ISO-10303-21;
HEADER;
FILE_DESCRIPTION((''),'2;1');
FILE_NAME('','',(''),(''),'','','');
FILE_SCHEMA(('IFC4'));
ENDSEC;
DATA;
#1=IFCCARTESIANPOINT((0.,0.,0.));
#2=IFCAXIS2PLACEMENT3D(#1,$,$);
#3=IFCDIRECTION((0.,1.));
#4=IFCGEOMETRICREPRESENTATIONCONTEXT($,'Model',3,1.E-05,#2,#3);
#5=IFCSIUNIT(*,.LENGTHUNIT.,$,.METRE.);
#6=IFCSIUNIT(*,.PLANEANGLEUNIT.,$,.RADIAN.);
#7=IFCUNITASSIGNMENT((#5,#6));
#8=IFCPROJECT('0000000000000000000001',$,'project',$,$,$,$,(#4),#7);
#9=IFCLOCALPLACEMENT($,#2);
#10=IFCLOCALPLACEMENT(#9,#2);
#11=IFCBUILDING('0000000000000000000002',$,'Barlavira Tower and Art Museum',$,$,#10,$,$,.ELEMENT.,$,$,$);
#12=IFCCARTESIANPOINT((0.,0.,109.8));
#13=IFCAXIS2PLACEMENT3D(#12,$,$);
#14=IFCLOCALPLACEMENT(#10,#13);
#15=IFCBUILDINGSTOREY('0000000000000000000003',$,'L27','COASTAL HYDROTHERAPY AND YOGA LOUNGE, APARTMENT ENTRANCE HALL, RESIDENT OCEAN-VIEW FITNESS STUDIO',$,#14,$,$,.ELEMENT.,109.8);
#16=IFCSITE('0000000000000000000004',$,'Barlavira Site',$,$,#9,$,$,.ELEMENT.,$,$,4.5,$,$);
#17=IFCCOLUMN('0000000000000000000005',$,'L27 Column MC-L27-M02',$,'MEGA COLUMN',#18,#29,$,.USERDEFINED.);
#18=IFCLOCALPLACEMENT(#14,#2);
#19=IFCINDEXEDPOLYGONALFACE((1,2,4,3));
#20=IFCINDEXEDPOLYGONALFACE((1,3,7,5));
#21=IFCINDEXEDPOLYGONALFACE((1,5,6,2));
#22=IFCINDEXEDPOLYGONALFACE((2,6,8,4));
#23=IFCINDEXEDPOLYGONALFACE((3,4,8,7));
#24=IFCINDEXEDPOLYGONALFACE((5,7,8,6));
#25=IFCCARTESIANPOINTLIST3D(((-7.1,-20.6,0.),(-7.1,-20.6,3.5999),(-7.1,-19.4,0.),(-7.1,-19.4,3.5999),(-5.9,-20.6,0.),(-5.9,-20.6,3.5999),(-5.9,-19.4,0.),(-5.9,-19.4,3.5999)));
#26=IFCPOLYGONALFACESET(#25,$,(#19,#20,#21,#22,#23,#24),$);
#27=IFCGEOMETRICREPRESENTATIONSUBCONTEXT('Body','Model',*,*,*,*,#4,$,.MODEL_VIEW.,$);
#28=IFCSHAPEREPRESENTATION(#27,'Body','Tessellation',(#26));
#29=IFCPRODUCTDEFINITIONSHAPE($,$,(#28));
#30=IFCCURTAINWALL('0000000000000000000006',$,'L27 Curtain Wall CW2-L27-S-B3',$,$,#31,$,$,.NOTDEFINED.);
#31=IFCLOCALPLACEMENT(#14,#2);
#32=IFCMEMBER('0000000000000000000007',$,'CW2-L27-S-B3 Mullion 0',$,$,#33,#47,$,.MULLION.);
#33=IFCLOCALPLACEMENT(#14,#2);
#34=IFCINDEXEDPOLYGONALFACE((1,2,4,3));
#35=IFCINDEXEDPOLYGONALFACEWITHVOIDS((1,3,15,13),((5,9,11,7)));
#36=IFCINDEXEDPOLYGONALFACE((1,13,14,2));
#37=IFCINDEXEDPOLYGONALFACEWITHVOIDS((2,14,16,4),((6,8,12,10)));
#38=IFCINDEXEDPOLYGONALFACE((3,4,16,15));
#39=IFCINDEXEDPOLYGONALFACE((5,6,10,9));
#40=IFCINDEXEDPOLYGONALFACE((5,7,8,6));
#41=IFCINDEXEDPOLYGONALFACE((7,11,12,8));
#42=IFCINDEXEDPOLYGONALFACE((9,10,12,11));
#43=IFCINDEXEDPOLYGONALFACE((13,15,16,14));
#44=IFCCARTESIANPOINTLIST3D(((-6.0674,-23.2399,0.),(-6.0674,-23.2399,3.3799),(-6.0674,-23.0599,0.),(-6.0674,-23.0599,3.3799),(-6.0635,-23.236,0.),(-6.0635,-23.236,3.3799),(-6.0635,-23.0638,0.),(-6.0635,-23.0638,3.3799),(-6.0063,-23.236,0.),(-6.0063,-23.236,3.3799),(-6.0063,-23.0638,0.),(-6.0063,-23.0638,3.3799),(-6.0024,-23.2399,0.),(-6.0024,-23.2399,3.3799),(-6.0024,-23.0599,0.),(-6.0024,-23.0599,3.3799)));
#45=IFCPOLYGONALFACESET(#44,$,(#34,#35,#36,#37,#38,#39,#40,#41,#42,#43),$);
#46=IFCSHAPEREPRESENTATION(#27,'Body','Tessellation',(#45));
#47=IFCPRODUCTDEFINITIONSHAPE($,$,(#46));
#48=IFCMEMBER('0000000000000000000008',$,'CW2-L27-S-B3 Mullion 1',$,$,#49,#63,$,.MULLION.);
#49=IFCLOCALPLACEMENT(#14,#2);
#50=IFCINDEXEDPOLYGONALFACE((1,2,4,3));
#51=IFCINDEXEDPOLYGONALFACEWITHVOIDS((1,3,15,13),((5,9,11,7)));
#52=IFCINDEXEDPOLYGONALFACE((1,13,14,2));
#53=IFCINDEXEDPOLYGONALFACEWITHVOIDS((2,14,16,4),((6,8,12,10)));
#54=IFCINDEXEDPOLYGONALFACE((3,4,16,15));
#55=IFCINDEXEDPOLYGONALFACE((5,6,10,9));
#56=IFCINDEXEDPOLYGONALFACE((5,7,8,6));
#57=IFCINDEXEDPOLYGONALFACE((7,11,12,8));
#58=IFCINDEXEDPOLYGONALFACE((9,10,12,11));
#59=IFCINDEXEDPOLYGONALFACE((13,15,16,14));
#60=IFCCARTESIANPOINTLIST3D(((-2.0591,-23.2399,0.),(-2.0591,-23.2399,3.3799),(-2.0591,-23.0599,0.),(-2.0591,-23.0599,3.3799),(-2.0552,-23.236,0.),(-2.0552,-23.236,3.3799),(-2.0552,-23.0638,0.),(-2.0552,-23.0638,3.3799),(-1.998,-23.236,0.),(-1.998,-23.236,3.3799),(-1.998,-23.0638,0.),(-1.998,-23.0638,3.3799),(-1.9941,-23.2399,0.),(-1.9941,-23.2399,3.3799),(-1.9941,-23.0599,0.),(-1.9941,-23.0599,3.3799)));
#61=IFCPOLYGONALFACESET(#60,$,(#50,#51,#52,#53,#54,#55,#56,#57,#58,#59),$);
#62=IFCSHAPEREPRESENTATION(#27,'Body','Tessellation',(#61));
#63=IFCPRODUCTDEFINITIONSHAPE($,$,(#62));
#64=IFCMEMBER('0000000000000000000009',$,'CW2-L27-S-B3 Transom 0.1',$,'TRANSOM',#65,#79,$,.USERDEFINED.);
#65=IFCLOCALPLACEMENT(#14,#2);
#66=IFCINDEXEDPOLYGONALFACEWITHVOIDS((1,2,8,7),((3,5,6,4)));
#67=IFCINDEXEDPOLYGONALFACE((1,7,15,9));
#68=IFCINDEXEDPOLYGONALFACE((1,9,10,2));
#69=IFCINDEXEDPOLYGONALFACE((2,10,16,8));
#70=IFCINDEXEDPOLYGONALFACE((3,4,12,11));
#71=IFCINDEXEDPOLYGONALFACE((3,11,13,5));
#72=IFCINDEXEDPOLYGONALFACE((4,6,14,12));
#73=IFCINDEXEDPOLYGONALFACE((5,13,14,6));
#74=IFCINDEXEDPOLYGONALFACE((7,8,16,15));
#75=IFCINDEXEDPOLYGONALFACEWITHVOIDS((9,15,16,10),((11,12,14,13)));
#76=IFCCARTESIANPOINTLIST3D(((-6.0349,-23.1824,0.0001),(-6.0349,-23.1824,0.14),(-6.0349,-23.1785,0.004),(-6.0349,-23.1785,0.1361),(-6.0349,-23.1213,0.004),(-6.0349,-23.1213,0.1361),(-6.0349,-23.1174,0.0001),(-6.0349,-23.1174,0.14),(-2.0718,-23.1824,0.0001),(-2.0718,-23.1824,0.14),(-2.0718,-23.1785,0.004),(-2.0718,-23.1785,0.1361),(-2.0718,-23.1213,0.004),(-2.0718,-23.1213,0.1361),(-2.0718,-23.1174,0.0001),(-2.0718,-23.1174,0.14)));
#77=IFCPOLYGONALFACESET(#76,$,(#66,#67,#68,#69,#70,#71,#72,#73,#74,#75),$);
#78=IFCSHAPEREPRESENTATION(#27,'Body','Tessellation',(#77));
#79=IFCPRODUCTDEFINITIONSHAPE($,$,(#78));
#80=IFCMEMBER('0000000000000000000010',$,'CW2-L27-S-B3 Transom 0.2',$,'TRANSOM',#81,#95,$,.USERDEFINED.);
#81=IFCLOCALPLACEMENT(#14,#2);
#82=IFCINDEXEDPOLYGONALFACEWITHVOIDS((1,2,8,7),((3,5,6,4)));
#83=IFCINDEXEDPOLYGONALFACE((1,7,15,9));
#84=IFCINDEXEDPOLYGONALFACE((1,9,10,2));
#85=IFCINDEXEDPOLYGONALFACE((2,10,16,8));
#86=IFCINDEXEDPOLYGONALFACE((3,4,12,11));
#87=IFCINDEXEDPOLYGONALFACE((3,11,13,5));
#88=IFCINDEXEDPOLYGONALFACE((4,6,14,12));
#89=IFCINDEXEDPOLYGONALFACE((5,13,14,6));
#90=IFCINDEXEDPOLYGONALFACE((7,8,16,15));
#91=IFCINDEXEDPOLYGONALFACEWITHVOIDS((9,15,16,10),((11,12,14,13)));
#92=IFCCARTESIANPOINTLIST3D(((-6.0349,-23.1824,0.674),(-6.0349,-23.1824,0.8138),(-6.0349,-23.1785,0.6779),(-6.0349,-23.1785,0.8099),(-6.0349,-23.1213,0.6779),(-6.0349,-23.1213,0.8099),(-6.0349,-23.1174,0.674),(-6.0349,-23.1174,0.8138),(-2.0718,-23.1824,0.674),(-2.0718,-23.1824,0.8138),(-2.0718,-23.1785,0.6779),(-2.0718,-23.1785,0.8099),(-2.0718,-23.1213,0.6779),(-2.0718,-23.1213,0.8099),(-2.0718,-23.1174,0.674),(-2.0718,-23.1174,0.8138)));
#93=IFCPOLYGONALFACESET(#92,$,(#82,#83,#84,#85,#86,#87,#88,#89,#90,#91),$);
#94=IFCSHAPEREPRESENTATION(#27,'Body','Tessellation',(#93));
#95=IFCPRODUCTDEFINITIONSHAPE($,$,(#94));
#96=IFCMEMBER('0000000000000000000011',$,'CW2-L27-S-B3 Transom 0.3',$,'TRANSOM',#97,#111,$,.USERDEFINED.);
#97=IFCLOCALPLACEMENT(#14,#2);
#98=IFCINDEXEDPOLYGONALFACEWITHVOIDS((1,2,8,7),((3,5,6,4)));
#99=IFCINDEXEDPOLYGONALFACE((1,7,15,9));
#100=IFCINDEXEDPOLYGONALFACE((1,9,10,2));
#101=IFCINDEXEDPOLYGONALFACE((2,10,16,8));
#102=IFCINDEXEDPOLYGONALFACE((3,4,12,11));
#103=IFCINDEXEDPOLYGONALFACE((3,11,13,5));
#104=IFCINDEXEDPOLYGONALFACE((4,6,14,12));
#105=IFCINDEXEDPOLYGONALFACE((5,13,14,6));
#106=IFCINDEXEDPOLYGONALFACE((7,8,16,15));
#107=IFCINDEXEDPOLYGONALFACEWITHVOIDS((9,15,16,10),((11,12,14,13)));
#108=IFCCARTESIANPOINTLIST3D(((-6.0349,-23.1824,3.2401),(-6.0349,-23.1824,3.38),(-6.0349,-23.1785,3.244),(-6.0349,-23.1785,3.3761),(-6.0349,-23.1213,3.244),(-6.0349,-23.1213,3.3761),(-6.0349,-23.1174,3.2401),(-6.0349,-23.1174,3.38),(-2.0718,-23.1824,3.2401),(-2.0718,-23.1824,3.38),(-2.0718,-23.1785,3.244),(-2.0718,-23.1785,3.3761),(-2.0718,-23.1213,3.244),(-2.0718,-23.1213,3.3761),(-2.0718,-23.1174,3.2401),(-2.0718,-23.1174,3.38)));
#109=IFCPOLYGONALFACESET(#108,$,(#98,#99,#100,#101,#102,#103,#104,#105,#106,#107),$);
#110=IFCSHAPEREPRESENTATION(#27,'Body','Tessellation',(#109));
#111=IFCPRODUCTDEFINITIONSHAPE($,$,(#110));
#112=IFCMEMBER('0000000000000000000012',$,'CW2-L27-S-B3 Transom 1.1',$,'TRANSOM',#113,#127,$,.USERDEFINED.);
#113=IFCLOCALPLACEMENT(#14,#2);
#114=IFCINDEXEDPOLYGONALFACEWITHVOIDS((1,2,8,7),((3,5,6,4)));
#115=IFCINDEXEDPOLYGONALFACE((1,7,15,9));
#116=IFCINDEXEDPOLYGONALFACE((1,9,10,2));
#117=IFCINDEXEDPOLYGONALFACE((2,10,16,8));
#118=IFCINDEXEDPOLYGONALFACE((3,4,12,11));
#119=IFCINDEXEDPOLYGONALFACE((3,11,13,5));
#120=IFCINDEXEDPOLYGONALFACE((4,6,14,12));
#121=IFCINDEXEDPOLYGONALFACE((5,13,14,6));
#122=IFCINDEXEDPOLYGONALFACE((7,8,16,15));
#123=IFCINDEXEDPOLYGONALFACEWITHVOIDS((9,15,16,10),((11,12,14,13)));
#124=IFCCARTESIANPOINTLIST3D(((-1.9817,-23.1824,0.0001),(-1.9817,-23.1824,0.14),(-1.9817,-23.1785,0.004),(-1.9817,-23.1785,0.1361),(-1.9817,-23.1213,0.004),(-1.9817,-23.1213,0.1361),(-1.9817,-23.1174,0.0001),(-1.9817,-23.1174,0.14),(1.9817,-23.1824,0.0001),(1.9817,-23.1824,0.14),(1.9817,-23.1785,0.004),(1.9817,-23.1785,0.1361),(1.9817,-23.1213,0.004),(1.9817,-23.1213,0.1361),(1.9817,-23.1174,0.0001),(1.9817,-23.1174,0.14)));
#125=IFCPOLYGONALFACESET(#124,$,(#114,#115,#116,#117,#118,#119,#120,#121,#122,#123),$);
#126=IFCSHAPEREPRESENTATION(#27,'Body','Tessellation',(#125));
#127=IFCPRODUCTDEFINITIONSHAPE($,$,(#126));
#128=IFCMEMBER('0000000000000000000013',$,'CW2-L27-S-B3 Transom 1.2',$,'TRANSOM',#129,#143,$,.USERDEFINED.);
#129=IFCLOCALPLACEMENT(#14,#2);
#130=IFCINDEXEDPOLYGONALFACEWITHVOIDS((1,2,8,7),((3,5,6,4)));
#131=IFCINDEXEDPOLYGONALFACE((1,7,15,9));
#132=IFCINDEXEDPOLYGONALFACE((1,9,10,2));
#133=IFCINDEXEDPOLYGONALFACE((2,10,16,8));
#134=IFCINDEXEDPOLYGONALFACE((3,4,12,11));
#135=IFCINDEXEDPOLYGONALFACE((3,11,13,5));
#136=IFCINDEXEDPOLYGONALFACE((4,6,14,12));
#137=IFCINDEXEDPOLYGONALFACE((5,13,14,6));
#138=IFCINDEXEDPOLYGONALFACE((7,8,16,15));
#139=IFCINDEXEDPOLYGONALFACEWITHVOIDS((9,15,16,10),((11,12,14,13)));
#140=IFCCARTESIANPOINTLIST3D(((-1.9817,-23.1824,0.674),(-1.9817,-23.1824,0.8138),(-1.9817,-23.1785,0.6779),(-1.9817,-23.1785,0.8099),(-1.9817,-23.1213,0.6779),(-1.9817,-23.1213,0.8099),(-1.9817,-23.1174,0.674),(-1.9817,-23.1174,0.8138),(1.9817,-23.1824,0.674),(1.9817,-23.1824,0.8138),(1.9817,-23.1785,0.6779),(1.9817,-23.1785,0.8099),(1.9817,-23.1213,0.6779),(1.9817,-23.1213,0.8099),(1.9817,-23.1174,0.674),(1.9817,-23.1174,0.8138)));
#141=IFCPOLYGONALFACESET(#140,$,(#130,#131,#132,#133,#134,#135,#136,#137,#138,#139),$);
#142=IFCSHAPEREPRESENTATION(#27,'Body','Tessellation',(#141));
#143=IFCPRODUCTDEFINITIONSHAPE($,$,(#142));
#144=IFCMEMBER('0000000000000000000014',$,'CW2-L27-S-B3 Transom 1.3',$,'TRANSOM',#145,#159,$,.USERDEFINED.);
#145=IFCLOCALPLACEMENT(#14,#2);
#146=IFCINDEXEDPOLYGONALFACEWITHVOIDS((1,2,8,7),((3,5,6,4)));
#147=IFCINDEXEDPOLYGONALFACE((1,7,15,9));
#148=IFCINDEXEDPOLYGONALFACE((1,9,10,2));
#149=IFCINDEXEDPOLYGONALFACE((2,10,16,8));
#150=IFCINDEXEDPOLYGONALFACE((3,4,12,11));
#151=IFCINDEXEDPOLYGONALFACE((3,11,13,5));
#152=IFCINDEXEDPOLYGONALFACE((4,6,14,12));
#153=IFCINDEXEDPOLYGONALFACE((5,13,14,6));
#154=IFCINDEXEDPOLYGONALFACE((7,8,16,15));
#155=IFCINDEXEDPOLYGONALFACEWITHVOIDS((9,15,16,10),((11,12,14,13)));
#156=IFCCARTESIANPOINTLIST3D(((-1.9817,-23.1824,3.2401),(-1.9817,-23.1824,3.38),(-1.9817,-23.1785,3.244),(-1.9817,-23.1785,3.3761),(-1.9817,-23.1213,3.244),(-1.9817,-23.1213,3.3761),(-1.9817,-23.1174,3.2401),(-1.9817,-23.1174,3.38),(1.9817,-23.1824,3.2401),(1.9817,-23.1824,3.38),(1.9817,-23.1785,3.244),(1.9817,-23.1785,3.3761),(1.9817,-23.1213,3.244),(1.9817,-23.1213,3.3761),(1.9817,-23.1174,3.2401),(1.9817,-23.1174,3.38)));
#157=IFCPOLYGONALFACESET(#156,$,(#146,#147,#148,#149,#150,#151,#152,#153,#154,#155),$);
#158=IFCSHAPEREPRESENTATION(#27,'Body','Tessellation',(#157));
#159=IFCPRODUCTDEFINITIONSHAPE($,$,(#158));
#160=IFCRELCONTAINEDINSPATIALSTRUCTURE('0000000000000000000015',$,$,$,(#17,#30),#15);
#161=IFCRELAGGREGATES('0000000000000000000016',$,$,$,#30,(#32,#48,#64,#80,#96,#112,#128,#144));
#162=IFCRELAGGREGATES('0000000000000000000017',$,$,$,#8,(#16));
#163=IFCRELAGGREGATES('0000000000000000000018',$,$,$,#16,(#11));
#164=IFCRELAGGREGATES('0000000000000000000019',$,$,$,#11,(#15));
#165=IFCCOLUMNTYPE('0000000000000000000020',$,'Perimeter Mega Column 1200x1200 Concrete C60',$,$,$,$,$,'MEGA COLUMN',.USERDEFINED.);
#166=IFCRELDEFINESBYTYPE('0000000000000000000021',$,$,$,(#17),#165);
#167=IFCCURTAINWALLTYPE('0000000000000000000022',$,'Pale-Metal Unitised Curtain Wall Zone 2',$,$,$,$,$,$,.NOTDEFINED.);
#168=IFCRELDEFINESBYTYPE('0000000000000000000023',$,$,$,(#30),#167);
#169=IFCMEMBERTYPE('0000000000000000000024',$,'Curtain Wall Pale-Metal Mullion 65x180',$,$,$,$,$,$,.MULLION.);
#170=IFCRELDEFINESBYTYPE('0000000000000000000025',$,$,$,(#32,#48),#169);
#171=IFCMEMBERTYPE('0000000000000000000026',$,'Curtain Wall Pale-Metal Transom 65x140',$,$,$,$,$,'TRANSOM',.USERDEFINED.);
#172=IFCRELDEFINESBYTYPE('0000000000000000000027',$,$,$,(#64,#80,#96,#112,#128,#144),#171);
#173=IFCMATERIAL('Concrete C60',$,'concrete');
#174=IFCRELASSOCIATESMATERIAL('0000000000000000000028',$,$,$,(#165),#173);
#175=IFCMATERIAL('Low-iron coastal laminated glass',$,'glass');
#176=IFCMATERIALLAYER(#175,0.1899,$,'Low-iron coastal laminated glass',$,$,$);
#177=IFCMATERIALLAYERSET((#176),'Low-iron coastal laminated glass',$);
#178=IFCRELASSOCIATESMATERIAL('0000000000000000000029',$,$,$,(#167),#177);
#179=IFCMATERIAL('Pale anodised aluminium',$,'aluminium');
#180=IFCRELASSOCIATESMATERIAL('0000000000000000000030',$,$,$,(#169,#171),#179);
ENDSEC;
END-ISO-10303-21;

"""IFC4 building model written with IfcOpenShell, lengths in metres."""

from ifc_helpers import new_model, si_unit, direction, frame, origin, origin_2d, place, context, subcontext, project, spatial, rectangle, hollow_rectangle, extrude, material, layer, layer_set, material_profile, profile_set, type_object, element, aggregate, save


model = new_model("IFC4")

# Units and contexts
model_context = context("Model", 3, precision=1e-05, world=origin(), true_north=direction((0.0, 1.0)))
body_context = subcontext(model_context, "Body", "Model", "MODEL_VIEW")
ifc_project = project(units=[si_unit("LENGTHUNIT", "METRE"), si_unit("PLANEANGLEUNIT", "RADIAN")], contexts=[model_context])

# Site, building, storey
site_placement = place(None, origin())
site = spatial("IfcSite", under=ifc_project, at=site_placement, Name="Barlavira Site", CompositionType="ELEMENT", RefElevation=4.5)
building_placement = place(site_placement, origin())
building = spatial("IfcBuilding", under=site, at=building_placement, Name="Barlavira Tower and Art Museum", CompositionType="ELEMENT")
storey_placement = place(building_placement, frame((0.0, 0.0, 109.8)))
storey = spatial("IfcBuildingStorey", under=building, at=storey_placement, Name="L27", Description="COASTAL HYDROTHERAPY AND YOGA LOUNGE, APARTMENT ENTRANCE HALL, RESIDENT OCEAN-VIEW FITNESS STUDIO", CompositionType="ELEMENT", Elevation=109.8)

# Column
ifc_material_1 = material(Name="Concrete C60", Category="concrete")
ifc_material_profile_1 = material_profile(ifc_material_1, rectangle(XDim=1.2, YDim=1.2, at=origin_2d()), Name="RC-COL 1200x1200")
ifc_profile_set_1 = profile_set([ifc_material_profile_1], Name="Concrete C60")
column_type = type_object("IfcColumnType", Name="Perimeter Mega Column 1200x1200 Concrete C60", ElementType="MEGA COLUMN", PredefinedType="USERDEFINED", material=ifc_profile_set_1)
column_placement = place(storey_placement, frame((-6.5, -20.0, 0.0), z_axis=(0.0, 0.0, 1.0), x_axis=(1.0, 0.0, 0.0)))
element("IfcColumn", 1, at=column_placement, inside=storey, type_object=column_type, Name="L27 Column MC-L27-M02", ObjectType="MEGA COLUMN", PredefinedType="USERDEFINED", context=body_context, shape_type="SweptSolid", body=[
    extrude(rectangle(XDim=1.2, YDim=1.2, at=origin_2d()), origin(), (0.0, 0.0, 1.0), 3.5999),
])

# Curtain wall, members
ifc_material_2 = material(Name="Low-iron coastal laminated glass", Category="glass")
ifc_layer_1 = layer(ifc_material_2, 0.1899, Name="Low-iron coastal laminated glass")
ifc_layer_set_1 = layer_set([ifc_layer_1], Name="Low-iron coastal laminated glass")
curtain_wall_type = type_object("IfcCurtainWallType", Name="Pale-Metal Unitised Curtain Wall Zone 2", PredefinedType="NOTDEFINED", material=ifc_layer_set_1)
curtain_wall_placement = place(storey_placement, origin())
curtain_wall = element("IfcCurtainWall", 2, at=curtain_wall_placement, inside=storey, type_object=curtain_wall_type, Name="L27 Curtain Wall CW2-L27-S-B3", PredefinedType="NOTDEFINED")
ifc_material_3 = material(Name="Pale anodised aluminium", Category="aluminium")
ifc_material_profile_2 = material_profile(ifc_material_3, hollow_rectangle(XDim=0.0649, YDim=0.1799, WallThickness=0.0039, at=origin_2d()), Name="ALU-MULL 65x180x4")
ifc_profile_set_2 = profile_set([ifc_material_profile_2], Name="Pale anodised aluminium")
member_type_1 = type_object("IfcMemberType", Name="Curtain Wall Pale-Metal Mullion 65x180", PredefinedType="MULLION", material=ifc_profile_set_2)
member_1_placement = place(storey_placement, frame((-6.0349, -23.1499, 0.0), z_axis=(0.0, 0.0, 1.0), x_axis=(1.0, 0.0, 0.0)))
member_1 = element("IfcMember", 3, at=member_1_placement, type_object=member_type_1, Name="CW2-L27-S-B3 Mullion 0", PredefinedType="MULLION", context=body_context, shape_type="SweptSolid", body=[
    extrude(hollow_rectangle(XDim=0.0649, YDim=0.1799, WallThickness=0.0039, at=origin_2d()), origin(), (0.0, 0.0, 1.0), 3.3799),
])
member_2_placement = place(storey_placement, frame((-2.0266, -23.1499, 0.0), z_axis=(0.0, 0.0, 1.0), x_axis=(1.0, 0.0, 0.0)))
member_2 = element("IfcMember", 4, at=member_2_placement, type_object=member_type_1, Name="CW2-L27-S-B3 Mullion 1", PredefinedType="MULLION", context=body_context, shape_type="SweptSolid", body=[
    extrude(hollow_rectangle(XDim=0.0649, YDim=0.1799, WallThickness=0.0039, at=origin_2d()), origin(), (0.0, 0.0, 1.0), 3.3799),
])
ifc_material_profile_3 = material_profile(ifc_material_3, hollow_rectangle(XDim=0.0649, YDim=0.1399, WallThickness=0.0039, at=origin_2d()), Name="ALU-TRAN 65x140x4")
ifc_profile_set_3 = profile_set([ifc_material_profile_3], Name="Pale anodised aluminium")
member_type_2 = type_object("IfcMemberType", Name="Curtain Wall Pale-Metal Transom 65x140", ElementType="TRANSOM", PredefinedType="USERDEFINED", material=ifc_profile_set_3)
member_3_placement = place(storey_placement, frame((-6.0349, -23.1499, 0.0701), z_axis=(1.0, 0.0, 0.0), x_axis=(0.0, 1.0, 0.0)))
member_3 = element("IfcMember", 5, at=member_3_placement, type_object=member_type_2, Name="CW2-L27-S-B3 Transom 0.1", ObjectType="TRANSOM", PredefinedType="USERDEFINED", context=body_context, shape_type="SweptSolid", body=[
    extrude(hollow_rectangle(XDim=0.0649, YDim=0.1399, WallThickness=0.0039, at=origin_2d()), origin(), (0.0, 0.0, 1.0), 3.9631),
])
member_4_placement = place(storey_placement, frame((-6.0349, -23.1499, 0.7439), z_axis=(1.0, 0.0, 0.0), x_axis=(0.0, 1.0, 0.0)))
member_4 = element("IfcMember", 6, at=member_4_placement, type_object=member_type_2, Name="CW2-L27-S-B3 Transom 0.2", ObjectType="TRANSOM", PredefinedType="USERDEFINED", context=body_context, shape_type="SweptSolid", body=[
    extrude(hollow_rectangle(XDim=0.0649, YDim=0.1399, WallThickness=0.0039, at=origin_2d()), origin(), (0.0, 0.0, 1.0), 3.9631),
])
member_5_placement = place(storey_placement, frame((-6.0349, -23.1499, 3.3101), z_axis=(1.0, 0.0, 0.0), x_axis=(0.0, 1.0, 0.0)))
member_5 = element("IfcMember", 7, at=member_5_placement, type_object=member_type_2, Name="CW2-L27-S-B3 Transom 0.3", ObjectType="TRANSOM", PredefinedType="USERDEFINED", context=body_context, shape_type="SweptSolid", body=[
    extrude(hollow_rectangle(XDim=0.0649, YDim=0.1399, WallThickness=0.0039, at=origin_2d()), origin(), (0.0, 0.0, 1.0), 3.9631),
])
member_6_placement = place(storey_placement, frame((-1.9817, -23.1499, 0.0701), z_axis=(1.0, 0.0, 0.0), x_axis=(0.0, 1.0, 0.0)))
member_6 = element("IfcMember", 8, at=member_6_placement, type_object=member_type_2, Name="CW2-L27-S-B3 Transom 1.1", ObjectType="TRANSOM", PredefinedType="USERDEFINED", context=body_context, shape_type="SweptSolid", body=[
    extrude(hollow_rectangle(XDim=0.0649, YDim=0.1399, WallThickness=0.0039, at=origin_2d()), origin(), (0.0, 0.0, 1.0), 3.9634),
])
member_7_placement = place(storey_placement, frame((-1.9817, -23.1499, 0.7439), z_axis=(1.0, 0.0, 0.0), x_axis=(0.0, 1.0, 0.0)))
member_7 = element("IfcMember", 9, at=member_7_placement, type_object=member_type_2, Name="CW2-L27-S-B3 Transom 1.2", ObjectType="TRANSOM", PredefinedType="USERDEFINED", context=body_context, shape_type="SweptSolid", body=[
    extrude(hollow_rectangle(XDim=0.0649, YDim=0.1399, WallThickness=0.0039, at=origin_2d()), origin(), (0.0, 0.0, 1.0), 3.9634),
])
member_8_placement = place(storey_placement, frame((-1.9817, -23.1499, 3.3101), z_axis=(1.0, 0.0, 0.0), x_axis=(0.0, 1.0, 0.0)))
member_8 = element("IfcMember", 10, at=member_8_placement, type_object=member_type_2, Name="CW2-L27-S-B3 Transom 1.3", ObjectType="TRANSOM", PredefinedType="USERDEFINED", context=body_context, shape_type="SweptSolid", body=[
    extrude(hollow_rectangle(XDim=0.0649, YDim=0.1399, WallThickness=0.0039, at=origin_2d()), origin(), (0.0, 0.0, 1.0), 3.9634),
])

aggregate(curtain_wall, [member_1, member_2, member_3, member_4, member_5, member_6, member_7, member_8])

save(model, "model.ifc")
